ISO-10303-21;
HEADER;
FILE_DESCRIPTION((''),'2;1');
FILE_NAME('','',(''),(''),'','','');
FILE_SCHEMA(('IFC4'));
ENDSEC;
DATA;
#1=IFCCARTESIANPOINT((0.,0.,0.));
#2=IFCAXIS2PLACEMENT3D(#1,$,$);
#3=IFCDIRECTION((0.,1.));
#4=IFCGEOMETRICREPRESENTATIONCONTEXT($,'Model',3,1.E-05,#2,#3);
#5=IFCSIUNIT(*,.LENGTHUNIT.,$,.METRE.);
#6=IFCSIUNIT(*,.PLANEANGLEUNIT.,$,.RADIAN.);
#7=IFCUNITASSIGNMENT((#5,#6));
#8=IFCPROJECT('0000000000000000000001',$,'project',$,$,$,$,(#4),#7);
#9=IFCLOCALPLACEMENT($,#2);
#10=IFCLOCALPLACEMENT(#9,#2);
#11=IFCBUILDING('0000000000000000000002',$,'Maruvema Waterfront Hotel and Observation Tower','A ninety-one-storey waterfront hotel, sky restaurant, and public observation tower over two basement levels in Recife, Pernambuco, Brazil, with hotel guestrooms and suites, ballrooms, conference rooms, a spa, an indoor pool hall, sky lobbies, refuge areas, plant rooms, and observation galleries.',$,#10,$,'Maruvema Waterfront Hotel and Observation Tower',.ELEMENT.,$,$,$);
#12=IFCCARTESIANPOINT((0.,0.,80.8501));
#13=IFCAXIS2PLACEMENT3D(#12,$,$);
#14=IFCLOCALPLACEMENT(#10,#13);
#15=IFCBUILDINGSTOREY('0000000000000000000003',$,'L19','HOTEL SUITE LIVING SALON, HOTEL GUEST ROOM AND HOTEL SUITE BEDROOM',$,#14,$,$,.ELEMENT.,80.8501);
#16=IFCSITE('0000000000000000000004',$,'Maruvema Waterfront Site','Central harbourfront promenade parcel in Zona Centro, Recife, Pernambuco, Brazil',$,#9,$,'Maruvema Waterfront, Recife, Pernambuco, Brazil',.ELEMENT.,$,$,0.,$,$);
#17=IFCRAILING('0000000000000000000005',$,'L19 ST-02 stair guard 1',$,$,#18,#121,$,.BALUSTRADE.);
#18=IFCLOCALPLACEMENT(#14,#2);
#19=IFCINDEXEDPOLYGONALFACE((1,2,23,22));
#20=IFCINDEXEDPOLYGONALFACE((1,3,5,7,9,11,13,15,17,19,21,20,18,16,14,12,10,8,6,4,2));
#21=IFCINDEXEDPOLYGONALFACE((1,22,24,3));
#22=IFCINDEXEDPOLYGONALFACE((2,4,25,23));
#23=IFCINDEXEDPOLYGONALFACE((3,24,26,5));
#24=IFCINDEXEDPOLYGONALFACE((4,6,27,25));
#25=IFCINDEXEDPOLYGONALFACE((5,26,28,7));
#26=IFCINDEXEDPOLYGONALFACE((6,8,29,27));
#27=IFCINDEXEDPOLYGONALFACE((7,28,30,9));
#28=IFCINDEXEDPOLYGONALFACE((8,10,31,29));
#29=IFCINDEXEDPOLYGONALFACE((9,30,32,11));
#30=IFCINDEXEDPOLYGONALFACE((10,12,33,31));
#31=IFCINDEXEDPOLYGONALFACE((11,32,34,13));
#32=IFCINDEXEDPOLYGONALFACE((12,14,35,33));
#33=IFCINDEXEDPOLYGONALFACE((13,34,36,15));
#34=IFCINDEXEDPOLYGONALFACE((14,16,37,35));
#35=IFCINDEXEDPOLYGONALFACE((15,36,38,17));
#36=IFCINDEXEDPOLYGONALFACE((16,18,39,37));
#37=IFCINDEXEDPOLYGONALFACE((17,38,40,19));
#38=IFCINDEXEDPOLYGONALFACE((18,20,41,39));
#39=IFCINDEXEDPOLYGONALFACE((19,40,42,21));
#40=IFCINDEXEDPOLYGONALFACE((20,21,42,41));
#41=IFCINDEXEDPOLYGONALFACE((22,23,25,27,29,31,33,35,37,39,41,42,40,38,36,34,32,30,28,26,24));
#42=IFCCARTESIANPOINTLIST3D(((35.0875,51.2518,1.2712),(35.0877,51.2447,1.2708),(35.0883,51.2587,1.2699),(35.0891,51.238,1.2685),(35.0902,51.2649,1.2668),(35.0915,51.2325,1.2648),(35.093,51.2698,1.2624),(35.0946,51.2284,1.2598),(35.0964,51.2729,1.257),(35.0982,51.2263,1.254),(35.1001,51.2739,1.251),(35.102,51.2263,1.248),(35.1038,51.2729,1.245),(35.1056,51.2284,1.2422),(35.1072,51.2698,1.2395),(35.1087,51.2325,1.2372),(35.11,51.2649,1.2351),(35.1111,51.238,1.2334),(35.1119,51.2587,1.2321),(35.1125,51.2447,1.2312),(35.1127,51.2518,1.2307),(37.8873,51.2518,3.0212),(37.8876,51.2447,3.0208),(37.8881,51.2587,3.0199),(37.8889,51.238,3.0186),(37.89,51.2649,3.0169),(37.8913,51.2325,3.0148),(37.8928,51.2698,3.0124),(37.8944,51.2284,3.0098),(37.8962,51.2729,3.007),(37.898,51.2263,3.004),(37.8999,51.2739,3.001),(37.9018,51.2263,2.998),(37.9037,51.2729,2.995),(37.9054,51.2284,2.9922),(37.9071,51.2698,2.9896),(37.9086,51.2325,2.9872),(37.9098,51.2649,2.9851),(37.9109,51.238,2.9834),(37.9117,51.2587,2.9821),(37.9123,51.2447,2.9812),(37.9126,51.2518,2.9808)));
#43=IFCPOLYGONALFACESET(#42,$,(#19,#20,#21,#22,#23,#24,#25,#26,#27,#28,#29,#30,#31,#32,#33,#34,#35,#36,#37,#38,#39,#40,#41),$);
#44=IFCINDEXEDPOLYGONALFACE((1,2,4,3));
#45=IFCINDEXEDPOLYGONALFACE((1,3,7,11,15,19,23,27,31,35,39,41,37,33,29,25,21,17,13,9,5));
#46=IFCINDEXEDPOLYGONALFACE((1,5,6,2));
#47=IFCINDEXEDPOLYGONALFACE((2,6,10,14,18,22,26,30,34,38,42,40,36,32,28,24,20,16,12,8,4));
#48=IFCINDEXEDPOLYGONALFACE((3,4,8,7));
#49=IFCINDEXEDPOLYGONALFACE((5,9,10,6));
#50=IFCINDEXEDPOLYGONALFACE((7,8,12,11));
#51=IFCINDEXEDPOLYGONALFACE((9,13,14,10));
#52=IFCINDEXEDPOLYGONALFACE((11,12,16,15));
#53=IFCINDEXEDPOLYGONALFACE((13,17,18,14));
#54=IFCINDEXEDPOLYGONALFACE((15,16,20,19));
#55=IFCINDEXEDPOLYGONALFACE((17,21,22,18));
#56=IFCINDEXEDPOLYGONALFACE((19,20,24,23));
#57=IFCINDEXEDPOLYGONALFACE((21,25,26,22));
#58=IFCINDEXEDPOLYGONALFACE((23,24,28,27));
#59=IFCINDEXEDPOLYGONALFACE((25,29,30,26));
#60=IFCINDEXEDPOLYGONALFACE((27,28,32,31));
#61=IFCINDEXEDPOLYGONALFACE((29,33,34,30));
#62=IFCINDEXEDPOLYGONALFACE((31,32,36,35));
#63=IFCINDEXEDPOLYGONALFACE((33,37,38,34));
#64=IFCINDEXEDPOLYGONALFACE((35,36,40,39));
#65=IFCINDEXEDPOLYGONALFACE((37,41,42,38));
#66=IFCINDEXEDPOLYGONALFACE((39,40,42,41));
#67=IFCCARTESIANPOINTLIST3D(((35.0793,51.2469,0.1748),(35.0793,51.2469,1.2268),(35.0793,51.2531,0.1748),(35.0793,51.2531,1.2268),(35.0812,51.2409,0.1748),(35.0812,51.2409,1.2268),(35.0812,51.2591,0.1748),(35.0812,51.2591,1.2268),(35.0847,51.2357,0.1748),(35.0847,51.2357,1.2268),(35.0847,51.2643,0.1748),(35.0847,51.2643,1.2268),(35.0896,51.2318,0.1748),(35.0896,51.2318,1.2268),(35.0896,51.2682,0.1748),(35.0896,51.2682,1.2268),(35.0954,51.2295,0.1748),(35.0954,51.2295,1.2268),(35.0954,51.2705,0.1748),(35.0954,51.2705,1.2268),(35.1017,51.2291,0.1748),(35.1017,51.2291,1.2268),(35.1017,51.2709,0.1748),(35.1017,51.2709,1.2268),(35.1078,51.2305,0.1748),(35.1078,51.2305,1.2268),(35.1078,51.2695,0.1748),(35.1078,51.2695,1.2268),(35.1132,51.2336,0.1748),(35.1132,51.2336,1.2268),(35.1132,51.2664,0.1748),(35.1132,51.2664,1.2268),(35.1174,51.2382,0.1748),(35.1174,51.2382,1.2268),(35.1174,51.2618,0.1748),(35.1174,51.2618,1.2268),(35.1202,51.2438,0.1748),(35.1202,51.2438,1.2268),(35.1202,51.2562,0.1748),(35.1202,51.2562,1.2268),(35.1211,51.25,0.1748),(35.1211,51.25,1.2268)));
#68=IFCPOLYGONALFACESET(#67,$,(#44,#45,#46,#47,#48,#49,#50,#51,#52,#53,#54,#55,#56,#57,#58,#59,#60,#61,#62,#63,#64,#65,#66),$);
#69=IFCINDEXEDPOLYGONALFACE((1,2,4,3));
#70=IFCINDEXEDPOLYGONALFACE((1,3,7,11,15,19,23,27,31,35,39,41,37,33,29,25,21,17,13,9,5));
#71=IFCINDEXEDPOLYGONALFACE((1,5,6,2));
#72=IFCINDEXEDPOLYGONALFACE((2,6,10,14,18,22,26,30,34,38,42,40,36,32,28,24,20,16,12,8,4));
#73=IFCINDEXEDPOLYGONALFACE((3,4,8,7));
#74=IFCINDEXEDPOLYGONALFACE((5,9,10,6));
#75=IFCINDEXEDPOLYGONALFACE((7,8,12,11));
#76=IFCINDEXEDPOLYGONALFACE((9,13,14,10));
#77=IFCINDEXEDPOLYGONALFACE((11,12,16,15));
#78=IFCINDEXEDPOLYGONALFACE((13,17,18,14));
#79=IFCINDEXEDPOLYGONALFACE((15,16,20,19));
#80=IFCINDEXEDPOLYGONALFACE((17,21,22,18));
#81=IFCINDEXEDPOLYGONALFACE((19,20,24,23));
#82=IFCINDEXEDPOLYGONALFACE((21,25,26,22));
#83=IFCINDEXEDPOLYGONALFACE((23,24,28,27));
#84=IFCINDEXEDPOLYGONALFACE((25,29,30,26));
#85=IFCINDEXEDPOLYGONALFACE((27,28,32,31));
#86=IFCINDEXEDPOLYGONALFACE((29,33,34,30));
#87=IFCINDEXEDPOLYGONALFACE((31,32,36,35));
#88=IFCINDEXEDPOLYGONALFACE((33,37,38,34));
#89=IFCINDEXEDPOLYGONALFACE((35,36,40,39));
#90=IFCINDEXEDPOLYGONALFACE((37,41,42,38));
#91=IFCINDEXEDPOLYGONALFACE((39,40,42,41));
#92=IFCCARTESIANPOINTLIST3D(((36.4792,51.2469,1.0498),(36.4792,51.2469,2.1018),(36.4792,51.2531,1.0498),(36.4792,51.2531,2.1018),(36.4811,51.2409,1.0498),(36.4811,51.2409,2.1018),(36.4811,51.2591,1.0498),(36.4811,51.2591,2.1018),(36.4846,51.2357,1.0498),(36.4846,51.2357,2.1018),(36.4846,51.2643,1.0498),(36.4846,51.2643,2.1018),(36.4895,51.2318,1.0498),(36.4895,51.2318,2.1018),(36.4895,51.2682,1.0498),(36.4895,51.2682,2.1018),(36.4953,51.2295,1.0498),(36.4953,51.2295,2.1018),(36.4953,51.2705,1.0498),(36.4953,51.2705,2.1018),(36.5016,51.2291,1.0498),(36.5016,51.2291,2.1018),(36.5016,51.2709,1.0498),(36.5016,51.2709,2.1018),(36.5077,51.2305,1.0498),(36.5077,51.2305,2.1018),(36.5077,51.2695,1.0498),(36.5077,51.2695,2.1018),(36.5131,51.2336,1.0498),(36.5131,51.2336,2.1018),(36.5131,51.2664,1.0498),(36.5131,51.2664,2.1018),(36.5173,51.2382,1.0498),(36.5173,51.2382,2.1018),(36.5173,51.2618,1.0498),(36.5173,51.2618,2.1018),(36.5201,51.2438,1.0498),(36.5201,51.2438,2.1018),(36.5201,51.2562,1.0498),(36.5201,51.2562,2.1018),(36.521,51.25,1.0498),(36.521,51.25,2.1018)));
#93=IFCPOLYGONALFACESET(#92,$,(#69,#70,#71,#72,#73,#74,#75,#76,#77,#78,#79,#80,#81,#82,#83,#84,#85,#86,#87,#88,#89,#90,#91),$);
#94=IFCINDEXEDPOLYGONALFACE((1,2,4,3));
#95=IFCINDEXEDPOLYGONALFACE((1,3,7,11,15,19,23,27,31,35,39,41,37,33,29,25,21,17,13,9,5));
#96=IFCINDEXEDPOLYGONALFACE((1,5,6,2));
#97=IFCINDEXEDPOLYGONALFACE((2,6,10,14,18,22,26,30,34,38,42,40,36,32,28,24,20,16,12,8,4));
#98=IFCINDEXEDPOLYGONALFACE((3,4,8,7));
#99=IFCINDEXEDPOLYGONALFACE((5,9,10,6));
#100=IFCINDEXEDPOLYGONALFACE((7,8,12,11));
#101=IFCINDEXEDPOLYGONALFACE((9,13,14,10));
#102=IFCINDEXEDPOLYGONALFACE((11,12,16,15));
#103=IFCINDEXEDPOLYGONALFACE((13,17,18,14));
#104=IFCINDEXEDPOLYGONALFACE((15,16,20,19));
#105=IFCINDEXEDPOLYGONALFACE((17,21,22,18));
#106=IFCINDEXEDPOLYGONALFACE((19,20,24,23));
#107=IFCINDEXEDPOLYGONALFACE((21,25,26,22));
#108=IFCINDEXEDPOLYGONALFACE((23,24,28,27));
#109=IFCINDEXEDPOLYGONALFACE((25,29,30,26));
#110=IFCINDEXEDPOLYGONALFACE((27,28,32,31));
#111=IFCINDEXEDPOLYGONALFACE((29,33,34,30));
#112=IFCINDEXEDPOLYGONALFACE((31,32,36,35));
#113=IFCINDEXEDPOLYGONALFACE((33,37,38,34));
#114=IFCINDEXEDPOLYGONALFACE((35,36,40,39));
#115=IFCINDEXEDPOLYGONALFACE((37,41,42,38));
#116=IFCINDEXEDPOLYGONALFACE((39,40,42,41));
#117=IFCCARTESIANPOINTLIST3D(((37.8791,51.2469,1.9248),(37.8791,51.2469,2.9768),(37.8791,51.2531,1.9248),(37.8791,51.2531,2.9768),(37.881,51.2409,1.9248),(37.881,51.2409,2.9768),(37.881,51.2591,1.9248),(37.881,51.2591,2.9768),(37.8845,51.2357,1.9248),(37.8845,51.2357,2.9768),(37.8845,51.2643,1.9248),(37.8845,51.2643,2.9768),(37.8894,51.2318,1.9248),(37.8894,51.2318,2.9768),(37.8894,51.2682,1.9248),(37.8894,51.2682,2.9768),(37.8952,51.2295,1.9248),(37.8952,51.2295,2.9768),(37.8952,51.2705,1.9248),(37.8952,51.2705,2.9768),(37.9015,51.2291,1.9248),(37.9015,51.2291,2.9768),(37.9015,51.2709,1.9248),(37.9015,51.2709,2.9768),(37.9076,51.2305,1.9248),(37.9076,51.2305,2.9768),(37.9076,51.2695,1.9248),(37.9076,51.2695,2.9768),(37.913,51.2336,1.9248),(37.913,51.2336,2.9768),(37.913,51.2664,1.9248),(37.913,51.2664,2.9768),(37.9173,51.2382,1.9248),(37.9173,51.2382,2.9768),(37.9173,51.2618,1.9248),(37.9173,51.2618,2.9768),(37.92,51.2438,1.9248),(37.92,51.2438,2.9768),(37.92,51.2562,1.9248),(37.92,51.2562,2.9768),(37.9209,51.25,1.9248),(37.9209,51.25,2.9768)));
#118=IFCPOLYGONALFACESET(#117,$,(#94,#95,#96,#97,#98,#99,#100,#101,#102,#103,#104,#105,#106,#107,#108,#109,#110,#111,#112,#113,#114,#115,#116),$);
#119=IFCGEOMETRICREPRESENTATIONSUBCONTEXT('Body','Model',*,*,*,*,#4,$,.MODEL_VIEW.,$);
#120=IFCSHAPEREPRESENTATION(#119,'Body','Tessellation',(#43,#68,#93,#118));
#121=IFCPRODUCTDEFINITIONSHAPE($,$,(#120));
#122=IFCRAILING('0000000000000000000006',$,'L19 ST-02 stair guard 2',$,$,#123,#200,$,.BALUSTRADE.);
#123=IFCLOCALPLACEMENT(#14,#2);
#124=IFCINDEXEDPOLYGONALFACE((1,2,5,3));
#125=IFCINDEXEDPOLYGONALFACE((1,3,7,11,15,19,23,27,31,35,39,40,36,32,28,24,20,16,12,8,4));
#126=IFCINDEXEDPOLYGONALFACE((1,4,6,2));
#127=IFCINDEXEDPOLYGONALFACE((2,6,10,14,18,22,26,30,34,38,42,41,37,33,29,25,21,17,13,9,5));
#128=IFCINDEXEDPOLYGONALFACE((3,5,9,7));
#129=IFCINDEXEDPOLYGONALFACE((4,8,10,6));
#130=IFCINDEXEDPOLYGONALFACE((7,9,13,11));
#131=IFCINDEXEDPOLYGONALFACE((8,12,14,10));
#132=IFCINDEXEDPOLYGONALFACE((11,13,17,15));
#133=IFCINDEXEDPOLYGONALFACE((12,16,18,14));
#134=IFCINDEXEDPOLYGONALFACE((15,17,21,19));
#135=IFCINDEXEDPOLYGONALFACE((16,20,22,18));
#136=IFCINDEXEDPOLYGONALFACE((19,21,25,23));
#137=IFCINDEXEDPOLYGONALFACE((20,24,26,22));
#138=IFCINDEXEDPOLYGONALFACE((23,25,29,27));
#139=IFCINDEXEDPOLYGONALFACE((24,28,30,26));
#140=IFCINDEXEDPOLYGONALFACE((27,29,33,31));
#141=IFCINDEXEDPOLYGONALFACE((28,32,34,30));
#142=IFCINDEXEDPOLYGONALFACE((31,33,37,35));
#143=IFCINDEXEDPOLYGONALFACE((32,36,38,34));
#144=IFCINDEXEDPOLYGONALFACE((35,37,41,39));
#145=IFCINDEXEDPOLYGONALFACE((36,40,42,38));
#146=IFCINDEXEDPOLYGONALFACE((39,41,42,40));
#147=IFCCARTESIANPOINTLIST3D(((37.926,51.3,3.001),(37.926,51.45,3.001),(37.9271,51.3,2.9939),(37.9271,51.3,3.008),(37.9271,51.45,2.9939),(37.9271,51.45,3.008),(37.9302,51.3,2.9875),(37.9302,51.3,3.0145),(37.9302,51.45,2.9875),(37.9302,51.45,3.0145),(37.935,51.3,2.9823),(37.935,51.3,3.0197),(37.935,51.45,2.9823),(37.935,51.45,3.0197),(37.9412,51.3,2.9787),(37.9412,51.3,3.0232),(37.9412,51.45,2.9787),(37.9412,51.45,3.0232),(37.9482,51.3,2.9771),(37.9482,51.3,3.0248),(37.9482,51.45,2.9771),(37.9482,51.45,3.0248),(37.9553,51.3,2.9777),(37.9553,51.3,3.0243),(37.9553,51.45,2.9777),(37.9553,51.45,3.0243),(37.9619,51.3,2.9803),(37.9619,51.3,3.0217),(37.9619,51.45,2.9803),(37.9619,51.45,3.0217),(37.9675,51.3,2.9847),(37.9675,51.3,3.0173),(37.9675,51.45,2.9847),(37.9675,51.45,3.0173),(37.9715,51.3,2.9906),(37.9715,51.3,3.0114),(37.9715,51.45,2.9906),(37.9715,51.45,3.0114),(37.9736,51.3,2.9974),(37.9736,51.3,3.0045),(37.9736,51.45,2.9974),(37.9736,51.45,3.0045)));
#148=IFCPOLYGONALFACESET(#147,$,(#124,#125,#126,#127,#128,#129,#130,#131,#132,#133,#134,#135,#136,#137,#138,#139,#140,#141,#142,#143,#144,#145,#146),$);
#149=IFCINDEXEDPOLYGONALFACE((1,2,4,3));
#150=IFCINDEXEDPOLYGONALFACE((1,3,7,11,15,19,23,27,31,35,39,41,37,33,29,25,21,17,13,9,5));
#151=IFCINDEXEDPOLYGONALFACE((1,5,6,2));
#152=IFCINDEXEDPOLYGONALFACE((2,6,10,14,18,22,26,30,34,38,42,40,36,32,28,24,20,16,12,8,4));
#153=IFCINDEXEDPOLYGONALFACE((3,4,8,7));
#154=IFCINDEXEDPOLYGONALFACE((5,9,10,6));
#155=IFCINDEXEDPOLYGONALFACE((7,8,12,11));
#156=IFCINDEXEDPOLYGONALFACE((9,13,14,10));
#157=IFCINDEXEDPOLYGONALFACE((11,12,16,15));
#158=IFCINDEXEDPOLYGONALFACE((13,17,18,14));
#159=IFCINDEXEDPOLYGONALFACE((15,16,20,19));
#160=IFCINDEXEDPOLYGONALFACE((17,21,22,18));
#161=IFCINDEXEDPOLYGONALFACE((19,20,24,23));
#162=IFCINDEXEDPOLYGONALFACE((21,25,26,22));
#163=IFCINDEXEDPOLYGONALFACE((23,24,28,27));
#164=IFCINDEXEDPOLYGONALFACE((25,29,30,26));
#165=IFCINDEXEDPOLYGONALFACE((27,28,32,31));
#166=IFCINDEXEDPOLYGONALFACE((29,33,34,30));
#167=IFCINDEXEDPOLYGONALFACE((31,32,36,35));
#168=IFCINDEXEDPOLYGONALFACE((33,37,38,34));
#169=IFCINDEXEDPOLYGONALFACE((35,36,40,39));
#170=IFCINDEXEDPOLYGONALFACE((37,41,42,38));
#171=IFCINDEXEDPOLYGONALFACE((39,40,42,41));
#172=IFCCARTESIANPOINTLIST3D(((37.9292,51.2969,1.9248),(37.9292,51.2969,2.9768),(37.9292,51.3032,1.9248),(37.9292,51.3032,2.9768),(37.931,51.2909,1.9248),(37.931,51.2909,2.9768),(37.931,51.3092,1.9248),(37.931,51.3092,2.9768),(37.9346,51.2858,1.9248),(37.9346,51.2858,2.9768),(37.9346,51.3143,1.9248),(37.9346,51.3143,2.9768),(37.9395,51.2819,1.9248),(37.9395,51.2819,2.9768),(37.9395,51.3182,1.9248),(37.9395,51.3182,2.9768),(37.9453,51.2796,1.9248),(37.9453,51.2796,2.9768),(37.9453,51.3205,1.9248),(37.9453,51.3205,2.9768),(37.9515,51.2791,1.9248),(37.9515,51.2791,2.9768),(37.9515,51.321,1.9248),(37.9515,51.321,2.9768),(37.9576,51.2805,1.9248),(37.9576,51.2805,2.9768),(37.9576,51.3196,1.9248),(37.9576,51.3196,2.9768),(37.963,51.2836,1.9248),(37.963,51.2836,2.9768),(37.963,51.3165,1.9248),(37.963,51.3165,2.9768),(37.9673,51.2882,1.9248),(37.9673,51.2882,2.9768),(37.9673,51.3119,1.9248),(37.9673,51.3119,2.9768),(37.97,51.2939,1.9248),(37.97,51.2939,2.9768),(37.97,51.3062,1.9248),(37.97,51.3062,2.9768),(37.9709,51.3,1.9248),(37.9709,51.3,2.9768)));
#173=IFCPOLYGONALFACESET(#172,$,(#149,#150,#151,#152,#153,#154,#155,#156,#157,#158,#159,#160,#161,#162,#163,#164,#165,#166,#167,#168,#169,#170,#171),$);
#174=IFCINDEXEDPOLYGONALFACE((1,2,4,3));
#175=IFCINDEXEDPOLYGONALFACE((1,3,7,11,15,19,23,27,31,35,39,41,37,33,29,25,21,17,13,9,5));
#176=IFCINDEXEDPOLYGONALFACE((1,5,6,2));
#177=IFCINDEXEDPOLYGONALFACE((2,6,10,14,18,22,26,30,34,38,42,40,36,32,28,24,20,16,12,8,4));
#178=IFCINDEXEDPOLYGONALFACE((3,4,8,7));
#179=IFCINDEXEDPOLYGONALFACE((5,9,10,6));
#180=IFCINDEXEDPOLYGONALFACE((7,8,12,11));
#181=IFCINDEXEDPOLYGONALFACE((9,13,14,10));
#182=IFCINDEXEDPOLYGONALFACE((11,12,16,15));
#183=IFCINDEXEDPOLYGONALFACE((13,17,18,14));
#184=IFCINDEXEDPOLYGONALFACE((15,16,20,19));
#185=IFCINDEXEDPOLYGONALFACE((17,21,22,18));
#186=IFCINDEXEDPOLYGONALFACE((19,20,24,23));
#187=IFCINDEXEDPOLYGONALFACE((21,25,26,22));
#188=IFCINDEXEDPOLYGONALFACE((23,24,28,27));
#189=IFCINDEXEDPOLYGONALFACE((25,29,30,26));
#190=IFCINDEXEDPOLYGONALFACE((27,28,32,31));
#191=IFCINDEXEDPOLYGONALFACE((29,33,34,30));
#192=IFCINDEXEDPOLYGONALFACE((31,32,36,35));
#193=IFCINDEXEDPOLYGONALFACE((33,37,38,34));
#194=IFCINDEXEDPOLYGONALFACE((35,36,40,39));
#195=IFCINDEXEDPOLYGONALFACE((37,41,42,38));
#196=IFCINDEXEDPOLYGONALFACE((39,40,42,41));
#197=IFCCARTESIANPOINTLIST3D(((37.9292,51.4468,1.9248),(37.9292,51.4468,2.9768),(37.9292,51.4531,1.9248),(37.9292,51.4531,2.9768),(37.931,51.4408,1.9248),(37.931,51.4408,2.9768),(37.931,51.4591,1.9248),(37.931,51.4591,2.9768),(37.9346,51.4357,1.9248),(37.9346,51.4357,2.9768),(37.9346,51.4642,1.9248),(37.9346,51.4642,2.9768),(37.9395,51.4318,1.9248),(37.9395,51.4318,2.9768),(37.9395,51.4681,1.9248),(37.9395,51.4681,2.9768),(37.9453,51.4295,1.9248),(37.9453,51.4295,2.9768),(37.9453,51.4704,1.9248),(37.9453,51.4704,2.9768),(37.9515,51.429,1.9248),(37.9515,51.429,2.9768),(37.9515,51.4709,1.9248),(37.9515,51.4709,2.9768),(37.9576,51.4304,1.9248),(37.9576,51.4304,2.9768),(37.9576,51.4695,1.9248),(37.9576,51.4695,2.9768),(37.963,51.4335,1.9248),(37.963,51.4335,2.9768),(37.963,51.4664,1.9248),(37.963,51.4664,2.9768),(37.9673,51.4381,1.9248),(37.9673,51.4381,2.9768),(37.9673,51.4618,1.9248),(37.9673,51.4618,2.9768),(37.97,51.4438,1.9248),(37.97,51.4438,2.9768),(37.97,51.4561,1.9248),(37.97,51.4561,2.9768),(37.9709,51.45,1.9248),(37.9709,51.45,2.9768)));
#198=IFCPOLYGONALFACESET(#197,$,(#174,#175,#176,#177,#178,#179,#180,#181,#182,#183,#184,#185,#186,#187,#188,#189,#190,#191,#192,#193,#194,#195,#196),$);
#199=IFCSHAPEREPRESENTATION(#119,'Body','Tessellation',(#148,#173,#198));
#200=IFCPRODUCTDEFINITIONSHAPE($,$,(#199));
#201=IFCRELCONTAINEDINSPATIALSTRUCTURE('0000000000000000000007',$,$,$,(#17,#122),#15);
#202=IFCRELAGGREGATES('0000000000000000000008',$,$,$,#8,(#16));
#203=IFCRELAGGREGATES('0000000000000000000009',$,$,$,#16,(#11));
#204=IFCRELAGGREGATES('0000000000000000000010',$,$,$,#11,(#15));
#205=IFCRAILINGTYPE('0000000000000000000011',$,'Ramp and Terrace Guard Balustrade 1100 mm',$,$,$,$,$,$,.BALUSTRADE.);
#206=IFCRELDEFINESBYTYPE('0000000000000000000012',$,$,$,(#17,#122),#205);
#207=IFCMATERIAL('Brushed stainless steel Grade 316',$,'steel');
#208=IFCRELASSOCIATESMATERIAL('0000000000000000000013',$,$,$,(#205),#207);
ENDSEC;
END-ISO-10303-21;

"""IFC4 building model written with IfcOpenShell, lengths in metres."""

from ifc_helpers import new_model, si_unit, direction, frame, origin, origin_2d, place, context, subcontext, project, spatial, circle, extrude, material, type_object, element, save


model = new_model("IFC4")

# Units and contexts
model_context = context("Model", 3, precision=1e-05, world=origin(), true_north=direction((0.0, 1.0)))
body_context = subcontext(model_context, "Body", "Model", "MODEL_VIEW")
ifc_project = project(units=[si_unit("LENGTHUNIT", "METRE"), si_unit("PLANEANGLEUNIT", "RADIAN")], contexts=[model_context])

# Site, building, storey
site_placement = place(None, origin())
site = spatial("IfcSite", under=ifc_project, at=site_placement, Name="Maruvema Waterfront Site", Description="Central harbourfront promenade parcel in Zona Centro, Recife, Pernambuco, Brazil", LongName="Maruvema Waterfront, Recife, Pernambuco, Brazil", CompositionType="ELEMENT", RefElevation=0.0)
building_placement = place(site_placement, origin())
building = spatial("IfcBuilding", under=site, at=building_placement, Name="Maruvema Waterfront Hotel and Observation Tower", Description="A ninety-one-storey waterfront hotel, sky restaurant, and public observation tower over two basement levels in Recife, Pernambuco, Brazil, with hotel guestrooms and suites, ballrooms, conference rooms, a spa, an indoor pool hall, sky lobbies, refuge areas, plant rooms, and observation galleries.", LongName="Maruvema Waterfront Hotel and Observation Tower", CompositionType="ELEMENT")
storey_placement = place(building_placement, frame((0.0, 0.0, 80.8501)))
storey = spatial("IfcBuildingStorey", under=building, at=storey_placement, Name="L19", Description="HOTEL SUITE LIVING SALON, HOTEL GUEST ROOM AND HOTEL SUITE BEDROOM", CompositionType="ELEMENT", Elevation=80.8501)

# Railings
ifc_material_1 = material(Name="Brushed stainless steel Grade 316", Category="steel")
railing_type_1 = type_object("IfcRailingType", Name="Ramp and Terrace Guard Balustrade 1100 mm", PredefinedType="BALUSTRADE", material=ifc_material_1)
railing_1_placement = place(storey_placement, frame((35.1001, 51.25, 0.1748)))
element("IfcRailing", 1, at=railing_1_placement, inside=storey, type_object=railing_type_1, Name="L19 ST-02 stair guard 1", PredefinedType="BALUSTRADE", context=body_context, shape_type="SweptSolid", body=[
    extrude(circle(Radius=0.0239, at=origin_2d()), frame((0.0, 0.0, 1.0762), z_axis=(0.847982, 0.0, 0.530026), x_axis=(0.0, 1.0, 0.0)), (0.0, 0.0, 1.0), 3.3018),
    extrude(circle(Radius=0.021, at=origin_2d()), origin(), (0.0, 0.0, 1.0), 1.052),
    extrude(circle(Radius=0.021, at=origin_2d()), frame((1.3999, 0.0, 0.875)), (0.0, 0.0, 1.0), 1.052),
    extrude(circle(Radius=0.021, at=origin_2d()), frame((2.7998, 0.0, 1.75)), (0.0, 0.0, 1.0), 1.052),
])
railing_2_placement = place(storey_placement, frame((37.95, 51.3, 1.9248)))
element("IfcRailing", 2, at=railing_2_placement, inside=storey, type_object=railing_type_1, Name="L19 ST-02 stair guard 2", PredefinedType="BALUSTRADE", context=body_context, shape_type="SweptSolid", body=[
    extrude(circle(Radius=0.0239, at=origin_2d()), frame((0.0, 0.0, 1.0762), z_axis=(0.0, 1.0, 0.0), x_axis=(-1.0, 0.0, 0.0)), (0.0, 0.0, 1.0), 0.1499),
    extrude(circle(Radius=0.021, at=origin_2d()), origin(), (0.0, 0.0, 1.0), 1.052),
    extrude(circle(Radius=0.021, at=origin_2d()), frame((0.0, 0.1499, 0.0)), (0.0, 0.0, 1.0), 1.052),
])

save(model, "model.ifc")
